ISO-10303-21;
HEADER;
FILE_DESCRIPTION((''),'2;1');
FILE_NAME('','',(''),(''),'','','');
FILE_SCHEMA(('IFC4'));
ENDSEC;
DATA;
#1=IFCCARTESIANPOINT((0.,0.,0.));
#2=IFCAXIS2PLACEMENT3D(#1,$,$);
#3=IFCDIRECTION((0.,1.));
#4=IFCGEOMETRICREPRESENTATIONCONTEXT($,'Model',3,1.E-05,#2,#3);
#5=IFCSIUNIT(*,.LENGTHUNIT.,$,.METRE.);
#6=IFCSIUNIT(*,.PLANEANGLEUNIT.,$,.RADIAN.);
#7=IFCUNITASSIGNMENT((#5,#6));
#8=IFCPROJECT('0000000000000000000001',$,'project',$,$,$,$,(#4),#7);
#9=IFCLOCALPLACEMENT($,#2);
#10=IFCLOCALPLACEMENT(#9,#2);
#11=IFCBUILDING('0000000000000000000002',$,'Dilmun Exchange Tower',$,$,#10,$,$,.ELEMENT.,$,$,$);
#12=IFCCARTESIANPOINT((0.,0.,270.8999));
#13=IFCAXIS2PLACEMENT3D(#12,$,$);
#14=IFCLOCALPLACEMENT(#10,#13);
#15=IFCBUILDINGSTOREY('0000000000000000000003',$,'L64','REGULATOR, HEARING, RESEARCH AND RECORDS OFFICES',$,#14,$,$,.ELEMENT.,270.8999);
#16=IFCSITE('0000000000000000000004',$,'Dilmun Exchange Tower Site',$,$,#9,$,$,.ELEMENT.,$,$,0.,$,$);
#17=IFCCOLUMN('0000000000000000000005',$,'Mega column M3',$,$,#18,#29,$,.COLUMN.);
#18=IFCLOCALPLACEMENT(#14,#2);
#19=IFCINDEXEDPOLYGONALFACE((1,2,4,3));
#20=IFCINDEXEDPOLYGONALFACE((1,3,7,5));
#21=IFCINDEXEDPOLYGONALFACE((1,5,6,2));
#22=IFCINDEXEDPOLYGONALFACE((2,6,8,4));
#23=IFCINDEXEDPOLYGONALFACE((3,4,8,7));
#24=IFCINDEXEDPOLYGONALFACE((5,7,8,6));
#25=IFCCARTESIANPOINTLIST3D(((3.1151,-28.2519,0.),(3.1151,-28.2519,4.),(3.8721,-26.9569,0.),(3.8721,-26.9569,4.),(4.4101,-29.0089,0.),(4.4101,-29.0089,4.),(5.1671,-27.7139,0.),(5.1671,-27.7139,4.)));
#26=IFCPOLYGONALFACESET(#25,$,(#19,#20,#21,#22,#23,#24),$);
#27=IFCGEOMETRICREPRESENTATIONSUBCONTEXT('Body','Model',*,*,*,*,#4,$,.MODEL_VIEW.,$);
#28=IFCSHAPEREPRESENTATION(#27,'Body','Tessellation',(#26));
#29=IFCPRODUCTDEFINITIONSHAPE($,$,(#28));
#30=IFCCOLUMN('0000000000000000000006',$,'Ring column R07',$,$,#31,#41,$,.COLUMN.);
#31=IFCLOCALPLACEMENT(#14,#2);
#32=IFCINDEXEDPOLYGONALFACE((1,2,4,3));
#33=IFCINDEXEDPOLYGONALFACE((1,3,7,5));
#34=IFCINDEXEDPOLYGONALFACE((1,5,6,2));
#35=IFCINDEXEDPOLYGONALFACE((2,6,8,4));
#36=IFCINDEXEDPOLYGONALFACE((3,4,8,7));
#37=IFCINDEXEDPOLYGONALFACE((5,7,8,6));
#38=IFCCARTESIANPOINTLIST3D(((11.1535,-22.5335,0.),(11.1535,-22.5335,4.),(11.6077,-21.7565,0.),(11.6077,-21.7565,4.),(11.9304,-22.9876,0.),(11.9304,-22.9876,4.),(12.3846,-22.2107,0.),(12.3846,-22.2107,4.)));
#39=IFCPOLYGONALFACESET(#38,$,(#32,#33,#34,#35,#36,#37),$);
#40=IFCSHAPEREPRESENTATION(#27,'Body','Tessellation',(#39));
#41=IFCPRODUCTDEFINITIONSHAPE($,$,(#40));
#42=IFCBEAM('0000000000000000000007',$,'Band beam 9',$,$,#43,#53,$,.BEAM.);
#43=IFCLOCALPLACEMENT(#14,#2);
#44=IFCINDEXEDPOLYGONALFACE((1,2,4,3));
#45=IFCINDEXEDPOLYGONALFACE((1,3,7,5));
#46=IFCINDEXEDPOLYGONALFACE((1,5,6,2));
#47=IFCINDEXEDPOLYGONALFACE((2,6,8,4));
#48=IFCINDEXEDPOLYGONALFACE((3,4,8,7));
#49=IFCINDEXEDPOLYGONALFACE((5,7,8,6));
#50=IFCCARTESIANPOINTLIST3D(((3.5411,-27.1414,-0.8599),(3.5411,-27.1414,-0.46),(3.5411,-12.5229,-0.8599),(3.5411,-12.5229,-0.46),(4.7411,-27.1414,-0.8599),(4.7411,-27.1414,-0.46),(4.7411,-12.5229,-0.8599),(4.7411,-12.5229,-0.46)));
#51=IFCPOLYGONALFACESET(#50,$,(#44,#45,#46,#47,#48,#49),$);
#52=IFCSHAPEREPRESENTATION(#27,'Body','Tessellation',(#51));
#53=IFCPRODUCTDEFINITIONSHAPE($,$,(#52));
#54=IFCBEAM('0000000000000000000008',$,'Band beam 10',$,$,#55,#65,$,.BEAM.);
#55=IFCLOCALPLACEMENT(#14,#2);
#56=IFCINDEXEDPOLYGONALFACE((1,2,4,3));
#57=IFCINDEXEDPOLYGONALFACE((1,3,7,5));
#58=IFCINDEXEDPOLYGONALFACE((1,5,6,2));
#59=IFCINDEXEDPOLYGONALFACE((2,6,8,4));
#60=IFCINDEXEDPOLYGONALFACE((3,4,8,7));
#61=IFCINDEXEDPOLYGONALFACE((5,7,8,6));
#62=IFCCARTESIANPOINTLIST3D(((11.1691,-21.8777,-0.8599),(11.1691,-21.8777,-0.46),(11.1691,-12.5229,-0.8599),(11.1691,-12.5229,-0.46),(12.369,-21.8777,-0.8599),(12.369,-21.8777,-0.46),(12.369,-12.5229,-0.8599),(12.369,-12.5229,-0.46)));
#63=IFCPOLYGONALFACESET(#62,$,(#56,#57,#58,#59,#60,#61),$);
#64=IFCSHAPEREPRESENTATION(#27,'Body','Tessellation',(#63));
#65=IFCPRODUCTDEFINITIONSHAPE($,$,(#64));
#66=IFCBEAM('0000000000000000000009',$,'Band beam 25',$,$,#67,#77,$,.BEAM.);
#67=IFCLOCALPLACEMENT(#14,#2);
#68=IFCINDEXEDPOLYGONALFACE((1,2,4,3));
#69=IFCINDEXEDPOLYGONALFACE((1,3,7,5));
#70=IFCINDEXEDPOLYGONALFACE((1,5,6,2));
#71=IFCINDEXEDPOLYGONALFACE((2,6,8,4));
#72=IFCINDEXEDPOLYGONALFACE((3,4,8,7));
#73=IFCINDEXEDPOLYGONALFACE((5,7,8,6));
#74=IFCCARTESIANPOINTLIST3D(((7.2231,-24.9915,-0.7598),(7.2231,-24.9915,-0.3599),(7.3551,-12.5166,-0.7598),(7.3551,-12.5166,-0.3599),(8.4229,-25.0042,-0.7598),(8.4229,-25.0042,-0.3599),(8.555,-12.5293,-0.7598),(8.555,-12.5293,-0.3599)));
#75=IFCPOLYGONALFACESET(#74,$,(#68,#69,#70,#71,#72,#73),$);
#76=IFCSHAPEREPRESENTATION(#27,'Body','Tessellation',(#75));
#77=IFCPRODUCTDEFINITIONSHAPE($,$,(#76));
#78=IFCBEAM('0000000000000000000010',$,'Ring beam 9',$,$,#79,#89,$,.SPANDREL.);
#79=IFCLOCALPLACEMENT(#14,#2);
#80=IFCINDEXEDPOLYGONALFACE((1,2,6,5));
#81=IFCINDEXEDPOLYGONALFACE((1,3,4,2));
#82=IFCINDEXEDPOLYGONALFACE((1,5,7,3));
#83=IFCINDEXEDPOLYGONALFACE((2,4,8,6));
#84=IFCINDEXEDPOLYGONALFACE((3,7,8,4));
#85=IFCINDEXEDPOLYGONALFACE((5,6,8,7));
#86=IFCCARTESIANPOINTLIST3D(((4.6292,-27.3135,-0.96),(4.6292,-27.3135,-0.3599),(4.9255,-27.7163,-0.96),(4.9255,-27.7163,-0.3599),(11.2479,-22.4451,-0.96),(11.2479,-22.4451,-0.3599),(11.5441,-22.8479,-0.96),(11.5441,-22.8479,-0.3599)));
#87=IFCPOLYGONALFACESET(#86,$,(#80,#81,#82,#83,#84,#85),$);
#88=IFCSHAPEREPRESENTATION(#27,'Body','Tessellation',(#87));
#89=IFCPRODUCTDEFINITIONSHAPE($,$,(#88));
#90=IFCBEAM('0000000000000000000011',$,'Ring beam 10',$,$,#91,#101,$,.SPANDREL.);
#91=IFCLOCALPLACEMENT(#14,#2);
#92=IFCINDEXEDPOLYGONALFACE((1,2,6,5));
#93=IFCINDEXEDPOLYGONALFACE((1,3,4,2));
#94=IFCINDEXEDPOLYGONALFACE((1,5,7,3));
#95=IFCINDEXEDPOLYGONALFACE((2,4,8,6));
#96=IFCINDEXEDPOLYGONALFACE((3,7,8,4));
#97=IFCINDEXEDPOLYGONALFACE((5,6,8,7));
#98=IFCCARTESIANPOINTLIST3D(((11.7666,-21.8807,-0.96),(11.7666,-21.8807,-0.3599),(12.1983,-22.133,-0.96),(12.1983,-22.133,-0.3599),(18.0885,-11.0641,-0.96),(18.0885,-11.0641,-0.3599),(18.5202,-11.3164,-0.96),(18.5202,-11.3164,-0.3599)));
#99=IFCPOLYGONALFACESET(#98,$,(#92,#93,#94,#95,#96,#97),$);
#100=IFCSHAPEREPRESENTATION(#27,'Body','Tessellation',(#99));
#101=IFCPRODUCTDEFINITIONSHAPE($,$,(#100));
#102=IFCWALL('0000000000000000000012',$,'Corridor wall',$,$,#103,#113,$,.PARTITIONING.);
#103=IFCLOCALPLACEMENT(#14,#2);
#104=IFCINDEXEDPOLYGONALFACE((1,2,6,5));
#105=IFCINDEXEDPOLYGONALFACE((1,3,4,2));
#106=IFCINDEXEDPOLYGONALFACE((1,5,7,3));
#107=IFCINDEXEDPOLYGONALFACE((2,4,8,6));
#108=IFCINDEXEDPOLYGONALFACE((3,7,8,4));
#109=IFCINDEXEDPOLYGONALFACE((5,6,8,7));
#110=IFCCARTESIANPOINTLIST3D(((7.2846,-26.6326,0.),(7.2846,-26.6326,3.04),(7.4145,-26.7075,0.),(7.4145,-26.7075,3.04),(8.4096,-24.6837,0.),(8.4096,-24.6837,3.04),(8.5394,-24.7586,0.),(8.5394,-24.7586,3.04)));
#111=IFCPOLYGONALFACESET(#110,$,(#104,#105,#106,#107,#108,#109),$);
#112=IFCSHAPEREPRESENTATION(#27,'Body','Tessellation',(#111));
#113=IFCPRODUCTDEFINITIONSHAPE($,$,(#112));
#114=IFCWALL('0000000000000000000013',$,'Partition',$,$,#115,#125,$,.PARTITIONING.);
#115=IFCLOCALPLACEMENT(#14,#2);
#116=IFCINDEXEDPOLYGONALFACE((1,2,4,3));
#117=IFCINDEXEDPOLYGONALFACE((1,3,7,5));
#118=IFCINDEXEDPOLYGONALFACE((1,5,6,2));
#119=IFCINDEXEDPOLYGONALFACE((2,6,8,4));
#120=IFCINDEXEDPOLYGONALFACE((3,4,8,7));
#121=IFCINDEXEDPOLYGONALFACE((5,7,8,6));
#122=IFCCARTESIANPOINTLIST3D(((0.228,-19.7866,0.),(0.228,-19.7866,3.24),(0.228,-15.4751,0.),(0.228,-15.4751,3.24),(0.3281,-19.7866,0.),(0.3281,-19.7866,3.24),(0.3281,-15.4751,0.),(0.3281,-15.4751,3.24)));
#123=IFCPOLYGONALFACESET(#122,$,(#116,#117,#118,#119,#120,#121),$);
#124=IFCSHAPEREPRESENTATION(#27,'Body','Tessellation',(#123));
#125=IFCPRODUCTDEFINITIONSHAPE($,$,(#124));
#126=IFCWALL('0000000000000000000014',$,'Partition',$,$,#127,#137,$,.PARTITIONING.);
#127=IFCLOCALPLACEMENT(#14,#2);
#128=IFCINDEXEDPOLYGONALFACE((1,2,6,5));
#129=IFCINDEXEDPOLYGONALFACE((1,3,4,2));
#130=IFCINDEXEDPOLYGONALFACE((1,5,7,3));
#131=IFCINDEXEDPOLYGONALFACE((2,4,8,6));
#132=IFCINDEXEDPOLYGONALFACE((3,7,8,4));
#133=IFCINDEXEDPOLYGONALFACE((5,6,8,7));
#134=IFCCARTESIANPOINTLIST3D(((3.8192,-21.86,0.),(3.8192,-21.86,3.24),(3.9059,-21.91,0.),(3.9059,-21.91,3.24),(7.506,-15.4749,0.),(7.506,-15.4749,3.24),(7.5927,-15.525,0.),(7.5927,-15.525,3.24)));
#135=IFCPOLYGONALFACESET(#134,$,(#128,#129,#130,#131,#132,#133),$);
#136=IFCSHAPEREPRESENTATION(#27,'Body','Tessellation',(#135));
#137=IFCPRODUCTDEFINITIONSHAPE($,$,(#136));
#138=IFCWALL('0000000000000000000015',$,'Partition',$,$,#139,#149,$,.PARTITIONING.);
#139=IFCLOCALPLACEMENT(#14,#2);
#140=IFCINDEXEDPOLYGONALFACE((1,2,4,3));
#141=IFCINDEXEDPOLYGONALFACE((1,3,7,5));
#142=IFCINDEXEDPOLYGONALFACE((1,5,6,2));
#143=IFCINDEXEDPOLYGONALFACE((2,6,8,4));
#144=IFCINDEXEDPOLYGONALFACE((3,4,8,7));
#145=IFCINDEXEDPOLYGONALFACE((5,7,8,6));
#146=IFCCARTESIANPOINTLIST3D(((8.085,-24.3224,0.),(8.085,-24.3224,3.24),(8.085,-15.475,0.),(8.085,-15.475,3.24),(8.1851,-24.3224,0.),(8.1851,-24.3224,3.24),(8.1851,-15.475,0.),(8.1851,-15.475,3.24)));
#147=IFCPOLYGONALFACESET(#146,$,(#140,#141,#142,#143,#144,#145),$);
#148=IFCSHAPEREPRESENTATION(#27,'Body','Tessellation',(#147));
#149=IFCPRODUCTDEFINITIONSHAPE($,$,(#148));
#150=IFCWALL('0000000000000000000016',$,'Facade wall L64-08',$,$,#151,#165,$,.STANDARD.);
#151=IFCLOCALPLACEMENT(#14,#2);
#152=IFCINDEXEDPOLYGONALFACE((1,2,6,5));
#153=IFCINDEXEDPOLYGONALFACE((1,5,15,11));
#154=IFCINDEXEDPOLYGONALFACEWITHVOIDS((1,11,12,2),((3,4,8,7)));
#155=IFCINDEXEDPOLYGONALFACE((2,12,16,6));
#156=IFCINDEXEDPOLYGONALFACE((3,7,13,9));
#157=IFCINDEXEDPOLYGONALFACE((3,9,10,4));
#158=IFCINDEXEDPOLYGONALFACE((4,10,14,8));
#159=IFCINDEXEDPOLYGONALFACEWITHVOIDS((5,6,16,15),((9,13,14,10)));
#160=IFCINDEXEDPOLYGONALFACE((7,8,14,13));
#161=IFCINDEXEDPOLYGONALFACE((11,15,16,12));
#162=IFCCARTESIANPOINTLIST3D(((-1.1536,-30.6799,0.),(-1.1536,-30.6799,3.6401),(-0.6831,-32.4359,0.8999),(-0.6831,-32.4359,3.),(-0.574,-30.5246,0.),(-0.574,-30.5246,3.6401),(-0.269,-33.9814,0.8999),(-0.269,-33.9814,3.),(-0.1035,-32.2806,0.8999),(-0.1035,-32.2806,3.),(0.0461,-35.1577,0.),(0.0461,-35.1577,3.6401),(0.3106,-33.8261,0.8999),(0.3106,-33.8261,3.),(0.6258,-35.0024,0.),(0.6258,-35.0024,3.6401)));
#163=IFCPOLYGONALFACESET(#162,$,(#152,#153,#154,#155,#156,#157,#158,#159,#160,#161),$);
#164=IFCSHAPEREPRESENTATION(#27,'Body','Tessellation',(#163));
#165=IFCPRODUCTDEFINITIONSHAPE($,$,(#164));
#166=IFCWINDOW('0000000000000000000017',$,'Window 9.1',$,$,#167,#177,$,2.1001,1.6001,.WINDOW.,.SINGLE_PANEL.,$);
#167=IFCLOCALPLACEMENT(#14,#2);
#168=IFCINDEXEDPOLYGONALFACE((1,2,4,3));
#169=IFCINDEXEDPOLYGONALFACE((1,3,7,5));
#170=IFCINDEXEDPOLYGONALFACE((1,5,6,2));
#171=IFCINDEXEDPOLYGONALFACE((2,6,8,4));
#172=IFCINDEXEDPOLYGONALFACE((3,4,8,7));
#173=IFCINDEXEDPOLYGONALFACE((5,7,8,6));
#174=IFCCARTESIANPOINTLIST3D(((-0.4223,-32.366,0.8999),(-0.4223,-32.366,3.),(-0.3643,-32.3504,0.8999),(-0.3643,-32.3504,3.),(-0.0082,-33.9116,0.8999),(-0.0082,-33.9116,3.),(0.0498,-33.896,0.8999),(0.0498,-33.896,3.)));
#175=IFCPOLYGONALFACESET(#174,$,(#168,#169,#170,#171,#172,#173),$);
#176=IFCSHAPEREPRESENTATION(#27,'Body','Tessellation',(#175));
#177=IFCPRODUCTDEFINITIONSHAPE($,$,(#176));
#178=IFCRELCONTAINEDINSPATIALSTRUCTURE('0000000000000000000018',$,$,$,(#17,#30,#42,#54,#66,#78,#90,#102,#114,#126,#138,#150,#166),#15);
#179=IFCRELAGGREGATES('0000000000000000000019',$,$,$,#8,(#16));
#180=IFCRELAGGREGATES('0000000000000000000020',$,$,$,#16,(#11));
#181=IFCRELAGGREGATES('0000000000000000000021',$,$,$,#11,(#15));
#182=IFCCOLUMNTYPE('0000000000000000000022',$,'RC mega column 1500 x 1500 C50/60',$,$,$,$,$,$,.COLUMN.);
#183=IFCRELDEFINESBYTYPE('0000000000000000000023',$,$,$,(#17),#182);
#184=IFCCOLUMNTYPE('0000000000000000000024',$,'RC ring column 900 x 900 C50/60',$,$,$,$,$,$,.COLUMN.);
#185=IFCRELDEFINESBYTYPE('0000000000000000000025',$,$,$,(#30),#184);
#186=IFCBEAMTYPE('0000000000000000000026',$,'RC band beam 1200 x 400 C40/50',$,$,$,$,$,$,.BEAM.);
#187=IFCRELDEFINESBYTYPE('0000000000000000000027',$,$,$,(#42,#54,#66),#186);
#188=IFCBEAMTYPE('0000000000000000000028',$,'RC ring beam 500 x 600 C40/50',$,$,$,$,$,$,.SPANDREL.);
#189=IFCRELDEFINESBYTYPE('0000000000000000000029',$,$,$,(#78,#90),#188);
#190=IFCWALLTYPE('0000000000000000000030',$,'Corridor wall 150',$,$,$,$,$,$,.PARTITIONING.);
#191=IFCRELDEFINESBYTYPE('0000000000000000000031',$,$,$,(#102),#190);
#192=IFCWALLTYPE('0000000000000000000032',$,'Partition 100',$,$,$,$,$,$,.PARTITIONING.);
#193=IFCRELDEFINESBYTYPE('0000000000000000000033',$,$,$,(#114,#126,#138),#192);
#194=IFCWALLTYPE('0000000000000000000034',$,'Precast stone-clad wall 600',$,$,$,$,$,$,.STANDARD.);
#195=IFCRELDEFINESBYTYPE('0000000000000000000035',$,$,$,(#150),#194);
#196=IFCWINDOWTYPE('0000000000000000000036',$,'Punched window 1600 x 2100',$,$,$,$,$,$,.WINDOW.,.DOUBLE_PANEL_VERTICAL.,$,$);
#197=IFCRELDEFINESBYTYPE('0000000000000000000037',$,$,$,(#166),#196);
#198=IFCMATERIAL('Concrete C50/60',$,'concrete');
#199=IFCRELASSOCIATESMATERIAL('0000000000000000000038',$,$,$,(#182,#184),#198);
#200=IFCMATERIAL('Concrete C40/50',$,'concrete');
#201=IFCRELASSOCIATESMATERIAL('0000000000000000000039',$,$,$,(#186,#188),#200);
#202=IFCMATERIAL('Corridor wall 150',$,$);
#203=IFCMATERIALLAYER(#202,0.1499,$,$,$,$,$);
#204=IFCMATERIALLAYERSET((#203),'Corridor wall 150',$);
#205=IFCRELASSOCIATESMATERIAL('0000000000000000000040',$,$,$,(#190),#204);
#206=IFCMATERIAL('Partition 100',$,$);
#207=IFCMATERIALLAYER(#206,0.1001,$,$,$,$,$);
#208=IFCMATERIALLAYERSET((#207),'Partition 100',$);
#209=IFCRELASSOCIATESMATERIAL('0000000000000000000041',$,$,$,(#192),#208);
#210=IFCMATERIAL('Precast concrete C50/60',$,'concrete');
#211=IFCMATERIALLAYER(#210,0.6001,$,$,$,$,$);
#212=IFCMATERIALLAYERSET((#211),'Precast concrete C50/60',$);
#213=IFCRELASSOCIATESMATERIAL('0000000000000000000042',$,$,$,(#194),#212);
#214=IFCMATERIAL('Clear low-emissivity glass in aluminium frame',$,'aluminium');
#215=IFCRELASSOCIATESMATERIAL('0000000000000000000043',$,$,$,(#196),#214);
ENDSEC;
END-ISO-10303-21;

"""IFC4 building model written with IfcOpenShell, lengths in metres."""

from ifc_helpers import new_model, si_unit, direction, frame, frame_2d, origin, origin_2d, place, context, subcontext, project, spatial, rectangle, extrude, material, layer, layer_set, material_profile, profile_set, type_object, element, fill, save


model = new_model("IFC4")

# Units and contexts
model_context = context("Model", 3, precision=1e-05, world=origin(), true_north=direction((0.0, 1.0)))
body_context = subcontext(model_context, "Body", "Model", "MODEL_VIEW")
ifc_project = project(units=[si_unit("LENGTHUNIT", "METRE"), si_unit("PLANEANGLEUNIT", "RADIAN")], contexts=[model_context])

# Site, building, storey
site_placement = place(None, origin())
site = spatial("IfcSite", under=ifc_project, at=site_placement, Name="Dilmun Exchange Tower Site", CompositionType="ELEMENT", RefElevation=0.0)
building_placement = place(site_placement, origin())
building = spatial("IfcBuilding", under=site, at=building_placement, Name="Dilmun Exchange Tower", CompositionType="ELEMENT")
storey_placement = place(building_placement, frame((0.0, 0.0, 270.8999)))
storey = spatial("IfcBuildingStorey", under=building, at=storey_placement, Name="L64", Description="REGULATOR, HEARING, RESEARCH AND RECORDS OFFICES", CompositionType="ELEMENT", Elevation=270.8999)

# Columns
ifc_material_1 = material(Name="Concrete C50/60", Category="concrete")
ifc_material_profile_1 = material_profile(ifc_material_1, rectangle(XDim=1.5, YDim=1.5, at=origin_2d()), Name="1500 x 1500")
ifc_profile_set_1 = profile_set([ifc_material_profile_1], Name="Concrete C50/60")
column_type_1 = type_object("IfcColumnType", Name="RC mega column 1500 x 1500 C50/60", PredefinedType="COLUMN", material=ifc_profile_set_1)
column_1_placement = place(storey_placement, frame((4.1411, -27.9829, 0.0), z_axis=(0.0, 0.0, 1.0), x_axis=(0.504644, 0.863328, 0.0)))
element("IfcColumn", 1, at=column_1_placement, inside=storey, type_object=column_type_1, Name="Mega column M3", PredefinedType="COLUMN", context=body_context, shape_type="SweptSolid", body=[
    extrude(rectangle(XDim=1.5, YDim=1.5, at=origin_2d()), origin(), (0.0, 0.0, 1.0), 4.0),
])
ifc_material_profile_2 = material_profile(ifc_material_1, rectangle(XDim=0.8999, YDim=0.8999, at=origin_2d()), Name="900 x 900")
ifc_profile_set_2 = profile_set([ifc_material_profile_2], Name="Concrete C50/60")
column_type_2 = type_object("IfcColumnType", Name="RC ring column 900 x 900 C50/60", PredefinedType="COLUMN", material=ifc_profile_set_2)
column_2_placement = place(storey_placement, frame((11.769, -22.3721, 0.0), z_axis=(0.0, 0.0, 1.0), x_axis=(0.504644, 0.863328, 0.0)))
element("IfcColumn", 2, at=column_2_placement, inside=storey, type_object=column_type_2, Name="Ring column R07", PredefinedType="COLUMN", context=body_context, shape_type="SweptSolid", body=[
    extrude(rectangle(XDim=0.8999, YDim=0.8999, at=origin_2d()), origin(), (0.0, 0.0, 1.0), 4.0),
])

# Beams
ifc_material_2 = material(Name="Concrete C40/50", Category="concrete")
ifc_material_profile_3 = material_profile(ifc_material_2, rectangle(XDim=1.2, YDim=0.3999, at=origin_2d()), Name="1200 x 400")
ifc_profile_set_3 = profile_set([ifc_material_profile_3], Name="Concrete C40/50")
beam_type_1 = type_object("IfcBeamType", Name="RC band beam 1200 x 400 C40/50", PredefinedType="BEAM", material=ifc_profile_set_3)
beam_1_placement = place(storey_placement, frame((4.1411, -27.1414, -0.6599), z_axis=(0.0, 1.0, 0.0), x_axis=(-1.0, 0.0, 0.0)))
element("IfcBeam", 3, at=beam_1_placement, inside=storey, type_object=beam_type_1, Name="Band beam 9", PredefinedType="BEAM", context=body_context, shape_type="SweptSolid", body=[
    extrude(rectangle(XDim=1.2, YDim=0.3999, at=origin_2d()), origin(), (0.0, 0.0, 1.0), 14.6184),
])
beam_2_placement = place(storey_placement, frame((11.769, -21.8777, -0.6599), z_axis=(0.0, 1.0, 0.0), x_axis=(-1.0, 0.0, 0.0)))
element("IfcBeam", 4, at=beam_2_placement, inside=storey, type_object=beam_type_1, Name="Band beam 10", PredefinedType="BEAM", context=body_context, shape_type="SweptSolid", body=[
    extrude(rectangle(XDim=1.2, YDim=0.3999, at=origin_2d()), origin(), (0.0, 0.0, 1.0), 9.3547),
])
beam_3_placement = place(storey_placement, frame((7.823, -24.9978, -0.5598), z_axis=(0.010587, 0.999944, 0.0), x_axis=(-0.999944, 0.010587, 0.0)))
element("IfcBeam", 5, at=beam_3_placement, inside=storey, type_object=beam_type_1, Name="Band beam 25", PredefinedType="BEAM", context=body_context, shape_type="SweptSolid", body=[
    extrude(rectangle(XDim=1.2, YDim=0.3999, at=origin_2d()), origin(), (0.0, 0.0, 1.0), 12.4756),
])
ifc_material_profile_4 = material_profile(ifc_material_2, rectangle(XDim=0.5, YDim=0.6001, at=origin_2d()), Name="500 x 600")
ifc_profile_set_4 = profile_set([ifc_material_profile_4], Name="Concrete C40/50")
beam_type_2 = type_object("IfcBeamType", Name="RC ring beam 500 x 600 C40/50", PredefinedType="SPANDREL", material=ifc_profile_set_4)
beam_4_placement = place(storey_placement, frame((4.7773, -27.5149, -0.6599), z_axis=(0.805549, 0.592529, 0.0), x_axis=(-0.592529, 0.805549, 0.0)))
element("IfcBeam", 6, at=beam_4_placement, inside=storey, type_object=beam_type_2, Name="Ring beam 9", PredefinedType="SPANDREL", context=body_context, shape_type="SweptSolid", body=[
    extrude(rectangle(XDim=0.5, YDim=0.6001, at=origin_2d()), origin(), (0.0, 0.0, 1.0), 8.2163),
])
beam_5_placement = place(storey_placement, frame((11.9824, -22.0068, -0.6599), z_axis=(0.504604, 0.863351, 0.0), x_axis=(-0.863351, 0.504604, 0.0)))
element("IfcBeam", 7, at=beam_5_placement, inside=storey, type_object=beam_type_2, Name="Ring beam 10", PredefinedType="SPANDREL", context=body_context, shape_type="SweptSolid", body=[
    extrude(rectangle(XDim=0.5, YDim=0.6001, at=origin_2d()), origin(), (0.0, 0.0, 1.0), 12.5286),
])

# Walls
ifc_material_3 = material(Name="Corridor wall 150")
ifc_layer_1 = layer(ifc_material_3, 0.1499)
ifc_layer_set_1 = layer_set([ifc_layer_1], Name="Corridor wall 150")
wall_type_1 = type_object("IfcWallType", Name="Corridor wall 150", PredefinedType="PARTITIONING", material=ifc_layer_set_1)
wall_1_placement = place(storey_placement, frame((7.3496, -26.6699, 0.0), z_axis=(0.0, 0.0, 1.0), x_axis=(0.49992, 0.866072, 0.0)))
element("IfcWall", 8, at=wall_1_placement, inside=storey, type_object=wall_type_1, Name="Corridor wall", PredefinedType="PARTITIONING", context=body_context, shape_type="SweptSolid", body=[
    extrude(rectangle(XDim=2.2502, YDim=0.1499, at=frame_2d((1.125, 0.0))), origin(), (0.0, 0.0, 1.0), 3.04),
])
ifc_material_4 = material(Name="Partition 100")
ifc_layer_2 = layer(ifc_material_4, 0.1001)
ifc_layer_set_2 = layer_set([ifc_layer_2], Name="Partition 100")
wall_type_2 = type_object("IfcWallType", Name="Partition 100", PredefinedType="PARTITIONING", material=ifc_layer_set_2)
wall_2_placement = place(storey_placement, frame((0.2781, -19.7866, 0.0), z_axis=(0.0, 0.0, 1.0), x_axis=(0.0, 1.0, 0.0)))
element("IfcWall", 9, at=wall_2_placement, inside=storey, type_object=wall_type_2, Name="Partition", PredefinedType="PARTITIONING", context=body_context, shape_type="SweptSolid", body=[
    extrude(rectangle(XDim=4.3115, YDim=0.1001, at=frame_2d((2.1558, 0.0))), origin(), (0.0, 0.0, 1.0), 3.24),
])
wall_3_placement = place(storey_placement, frame((3.8625, -21.885, 0.0), z_axis=(0.0, 0.0, 1.0), x_axis=(0.500039, 0.866003, 0.0)))
element("IfcWall", 10, at=wall_3_placement, inside=storey, type_object=wall_type_2, Name="Partition", PredefinedType="PARTITIONING", context=body_context, shape_type="SweptSolid", body=[
    extrude(rectangle(XDim=7.373, YDim=0.1001, at=frame_2d((3.6865, 0.0))), origin(), (0.0, 0.0, 1.0), 3.24),
])
wall_4_placement = place(storey_placement, frame((8.135, -24.3225, 0.0), z_axis=(0.0, 0.0, 1.0), x_axis=(0.0, 1.0, 0.0)))
element("IfcWall", 11, at=wall_4_placement, inside=storey, type_object=wall_type_2, Name="Partition", PredefinedType="PARTITIONING", context=body_context, shape_type="SweptSolid", body=[
    extrude(rectangle(XDim=8.8474, YDim=0.1001, at=frame_2d((4.4238, 0.0))), origin(), (0.0, 0.0, 1.0), 3.24),
])

# Wall, opening, window
ifc_material_5 = material(Name="Precast concrete C50/60", Category="concrete")
ifc_layer_3 = layer(ifc_material_5, 0.6001)
ifc_layer_set_3 = layer_set([ifc_layer_3], Name="Precast concrete C50/60")
wall_type_3 = type_object("IfcWallType", Name="Precast stone-clad wall 600", PredefinedType="STANDARD", material=ifc_layer_set_3)
wall_5_placement = place(storey_placement, frame((0.3359, -35.0801, 0.0), z_axis=(0.0, 0.0, 1.0), x_axis=(-0.258797, 0.965932, 0.0)))
wall_5 = element("IfcWall", 12, at=wall_5_placement, inside=storey, type_object=wall_type_3, Name="Facade wall L64-08", PredefinedType="STANDARD", context=body_context, shape_type="SweptSolid", body=[
    extrude(rectangle(XDim=4.6357, YDim=0.6001, at=frame_2d((2.3179, 0.0))), origin(), (0.0, 0.0, 1.0), 3.6401),
])
opening_1_placement = place(wall_5_placement, frame((1.2178, 0.0, 0.8999)))
opening_1 = element("IfcOpeningElement", 13, at=opening_1_placement, cuts=wall_5, PredefinedType="OPENING", context=body_context, shape_type="SweptSolid", body=[
    extrude(rectangle(XDim=1.6001, YDim=2.1001, at=frame_2d((0.8, 1.05))), frame((0.0, 0.3101, 0.0), z_axis=(0.0, -1.0, 0.0), x_axis=(1.0, 0.0, 0.0)), (0.0, 0.0, 1.0), 0.6201),
])
ifc_material_6 = material(Name="Clear low-emissivity glass in aluminium frame", Category="aluminium")
window_type_1 = type_object("IfcWindowType", Name="Punched window 1600 x 2100", PartitioningType="DOUBLE_PANEL_VERTICAL", PredefinedType="WINDOW", material=ifc_material_6)
window_1_placement = place(opening_1_placement, origin())
window_1 = element("IfcWindow", 14, at=window_1_placement, inside=storey, type_object=window_type_1, Name="Window 9.1", OverallHeight=2.1001, OverallWidth=1.6001, PartitioningType="SINGLE_PANEL", PredefinedType="WINDOW", context=body_context, shape_type="SweptSolid", body=[
    extrude(rectangle(XDim=1.6001, YDim=2.1001, at=frame_2d((0.8, 1.05))), frame((0.0, 0.03, 0.0), z_axis=(0.0, -1.0, 0.0), x_axis=(1.0, 0.0, 0.0)), (0.0, 0.0, 1.0), 0.0601),
])
fill(opening_1, window_1)

save(model, "model.ifc")
